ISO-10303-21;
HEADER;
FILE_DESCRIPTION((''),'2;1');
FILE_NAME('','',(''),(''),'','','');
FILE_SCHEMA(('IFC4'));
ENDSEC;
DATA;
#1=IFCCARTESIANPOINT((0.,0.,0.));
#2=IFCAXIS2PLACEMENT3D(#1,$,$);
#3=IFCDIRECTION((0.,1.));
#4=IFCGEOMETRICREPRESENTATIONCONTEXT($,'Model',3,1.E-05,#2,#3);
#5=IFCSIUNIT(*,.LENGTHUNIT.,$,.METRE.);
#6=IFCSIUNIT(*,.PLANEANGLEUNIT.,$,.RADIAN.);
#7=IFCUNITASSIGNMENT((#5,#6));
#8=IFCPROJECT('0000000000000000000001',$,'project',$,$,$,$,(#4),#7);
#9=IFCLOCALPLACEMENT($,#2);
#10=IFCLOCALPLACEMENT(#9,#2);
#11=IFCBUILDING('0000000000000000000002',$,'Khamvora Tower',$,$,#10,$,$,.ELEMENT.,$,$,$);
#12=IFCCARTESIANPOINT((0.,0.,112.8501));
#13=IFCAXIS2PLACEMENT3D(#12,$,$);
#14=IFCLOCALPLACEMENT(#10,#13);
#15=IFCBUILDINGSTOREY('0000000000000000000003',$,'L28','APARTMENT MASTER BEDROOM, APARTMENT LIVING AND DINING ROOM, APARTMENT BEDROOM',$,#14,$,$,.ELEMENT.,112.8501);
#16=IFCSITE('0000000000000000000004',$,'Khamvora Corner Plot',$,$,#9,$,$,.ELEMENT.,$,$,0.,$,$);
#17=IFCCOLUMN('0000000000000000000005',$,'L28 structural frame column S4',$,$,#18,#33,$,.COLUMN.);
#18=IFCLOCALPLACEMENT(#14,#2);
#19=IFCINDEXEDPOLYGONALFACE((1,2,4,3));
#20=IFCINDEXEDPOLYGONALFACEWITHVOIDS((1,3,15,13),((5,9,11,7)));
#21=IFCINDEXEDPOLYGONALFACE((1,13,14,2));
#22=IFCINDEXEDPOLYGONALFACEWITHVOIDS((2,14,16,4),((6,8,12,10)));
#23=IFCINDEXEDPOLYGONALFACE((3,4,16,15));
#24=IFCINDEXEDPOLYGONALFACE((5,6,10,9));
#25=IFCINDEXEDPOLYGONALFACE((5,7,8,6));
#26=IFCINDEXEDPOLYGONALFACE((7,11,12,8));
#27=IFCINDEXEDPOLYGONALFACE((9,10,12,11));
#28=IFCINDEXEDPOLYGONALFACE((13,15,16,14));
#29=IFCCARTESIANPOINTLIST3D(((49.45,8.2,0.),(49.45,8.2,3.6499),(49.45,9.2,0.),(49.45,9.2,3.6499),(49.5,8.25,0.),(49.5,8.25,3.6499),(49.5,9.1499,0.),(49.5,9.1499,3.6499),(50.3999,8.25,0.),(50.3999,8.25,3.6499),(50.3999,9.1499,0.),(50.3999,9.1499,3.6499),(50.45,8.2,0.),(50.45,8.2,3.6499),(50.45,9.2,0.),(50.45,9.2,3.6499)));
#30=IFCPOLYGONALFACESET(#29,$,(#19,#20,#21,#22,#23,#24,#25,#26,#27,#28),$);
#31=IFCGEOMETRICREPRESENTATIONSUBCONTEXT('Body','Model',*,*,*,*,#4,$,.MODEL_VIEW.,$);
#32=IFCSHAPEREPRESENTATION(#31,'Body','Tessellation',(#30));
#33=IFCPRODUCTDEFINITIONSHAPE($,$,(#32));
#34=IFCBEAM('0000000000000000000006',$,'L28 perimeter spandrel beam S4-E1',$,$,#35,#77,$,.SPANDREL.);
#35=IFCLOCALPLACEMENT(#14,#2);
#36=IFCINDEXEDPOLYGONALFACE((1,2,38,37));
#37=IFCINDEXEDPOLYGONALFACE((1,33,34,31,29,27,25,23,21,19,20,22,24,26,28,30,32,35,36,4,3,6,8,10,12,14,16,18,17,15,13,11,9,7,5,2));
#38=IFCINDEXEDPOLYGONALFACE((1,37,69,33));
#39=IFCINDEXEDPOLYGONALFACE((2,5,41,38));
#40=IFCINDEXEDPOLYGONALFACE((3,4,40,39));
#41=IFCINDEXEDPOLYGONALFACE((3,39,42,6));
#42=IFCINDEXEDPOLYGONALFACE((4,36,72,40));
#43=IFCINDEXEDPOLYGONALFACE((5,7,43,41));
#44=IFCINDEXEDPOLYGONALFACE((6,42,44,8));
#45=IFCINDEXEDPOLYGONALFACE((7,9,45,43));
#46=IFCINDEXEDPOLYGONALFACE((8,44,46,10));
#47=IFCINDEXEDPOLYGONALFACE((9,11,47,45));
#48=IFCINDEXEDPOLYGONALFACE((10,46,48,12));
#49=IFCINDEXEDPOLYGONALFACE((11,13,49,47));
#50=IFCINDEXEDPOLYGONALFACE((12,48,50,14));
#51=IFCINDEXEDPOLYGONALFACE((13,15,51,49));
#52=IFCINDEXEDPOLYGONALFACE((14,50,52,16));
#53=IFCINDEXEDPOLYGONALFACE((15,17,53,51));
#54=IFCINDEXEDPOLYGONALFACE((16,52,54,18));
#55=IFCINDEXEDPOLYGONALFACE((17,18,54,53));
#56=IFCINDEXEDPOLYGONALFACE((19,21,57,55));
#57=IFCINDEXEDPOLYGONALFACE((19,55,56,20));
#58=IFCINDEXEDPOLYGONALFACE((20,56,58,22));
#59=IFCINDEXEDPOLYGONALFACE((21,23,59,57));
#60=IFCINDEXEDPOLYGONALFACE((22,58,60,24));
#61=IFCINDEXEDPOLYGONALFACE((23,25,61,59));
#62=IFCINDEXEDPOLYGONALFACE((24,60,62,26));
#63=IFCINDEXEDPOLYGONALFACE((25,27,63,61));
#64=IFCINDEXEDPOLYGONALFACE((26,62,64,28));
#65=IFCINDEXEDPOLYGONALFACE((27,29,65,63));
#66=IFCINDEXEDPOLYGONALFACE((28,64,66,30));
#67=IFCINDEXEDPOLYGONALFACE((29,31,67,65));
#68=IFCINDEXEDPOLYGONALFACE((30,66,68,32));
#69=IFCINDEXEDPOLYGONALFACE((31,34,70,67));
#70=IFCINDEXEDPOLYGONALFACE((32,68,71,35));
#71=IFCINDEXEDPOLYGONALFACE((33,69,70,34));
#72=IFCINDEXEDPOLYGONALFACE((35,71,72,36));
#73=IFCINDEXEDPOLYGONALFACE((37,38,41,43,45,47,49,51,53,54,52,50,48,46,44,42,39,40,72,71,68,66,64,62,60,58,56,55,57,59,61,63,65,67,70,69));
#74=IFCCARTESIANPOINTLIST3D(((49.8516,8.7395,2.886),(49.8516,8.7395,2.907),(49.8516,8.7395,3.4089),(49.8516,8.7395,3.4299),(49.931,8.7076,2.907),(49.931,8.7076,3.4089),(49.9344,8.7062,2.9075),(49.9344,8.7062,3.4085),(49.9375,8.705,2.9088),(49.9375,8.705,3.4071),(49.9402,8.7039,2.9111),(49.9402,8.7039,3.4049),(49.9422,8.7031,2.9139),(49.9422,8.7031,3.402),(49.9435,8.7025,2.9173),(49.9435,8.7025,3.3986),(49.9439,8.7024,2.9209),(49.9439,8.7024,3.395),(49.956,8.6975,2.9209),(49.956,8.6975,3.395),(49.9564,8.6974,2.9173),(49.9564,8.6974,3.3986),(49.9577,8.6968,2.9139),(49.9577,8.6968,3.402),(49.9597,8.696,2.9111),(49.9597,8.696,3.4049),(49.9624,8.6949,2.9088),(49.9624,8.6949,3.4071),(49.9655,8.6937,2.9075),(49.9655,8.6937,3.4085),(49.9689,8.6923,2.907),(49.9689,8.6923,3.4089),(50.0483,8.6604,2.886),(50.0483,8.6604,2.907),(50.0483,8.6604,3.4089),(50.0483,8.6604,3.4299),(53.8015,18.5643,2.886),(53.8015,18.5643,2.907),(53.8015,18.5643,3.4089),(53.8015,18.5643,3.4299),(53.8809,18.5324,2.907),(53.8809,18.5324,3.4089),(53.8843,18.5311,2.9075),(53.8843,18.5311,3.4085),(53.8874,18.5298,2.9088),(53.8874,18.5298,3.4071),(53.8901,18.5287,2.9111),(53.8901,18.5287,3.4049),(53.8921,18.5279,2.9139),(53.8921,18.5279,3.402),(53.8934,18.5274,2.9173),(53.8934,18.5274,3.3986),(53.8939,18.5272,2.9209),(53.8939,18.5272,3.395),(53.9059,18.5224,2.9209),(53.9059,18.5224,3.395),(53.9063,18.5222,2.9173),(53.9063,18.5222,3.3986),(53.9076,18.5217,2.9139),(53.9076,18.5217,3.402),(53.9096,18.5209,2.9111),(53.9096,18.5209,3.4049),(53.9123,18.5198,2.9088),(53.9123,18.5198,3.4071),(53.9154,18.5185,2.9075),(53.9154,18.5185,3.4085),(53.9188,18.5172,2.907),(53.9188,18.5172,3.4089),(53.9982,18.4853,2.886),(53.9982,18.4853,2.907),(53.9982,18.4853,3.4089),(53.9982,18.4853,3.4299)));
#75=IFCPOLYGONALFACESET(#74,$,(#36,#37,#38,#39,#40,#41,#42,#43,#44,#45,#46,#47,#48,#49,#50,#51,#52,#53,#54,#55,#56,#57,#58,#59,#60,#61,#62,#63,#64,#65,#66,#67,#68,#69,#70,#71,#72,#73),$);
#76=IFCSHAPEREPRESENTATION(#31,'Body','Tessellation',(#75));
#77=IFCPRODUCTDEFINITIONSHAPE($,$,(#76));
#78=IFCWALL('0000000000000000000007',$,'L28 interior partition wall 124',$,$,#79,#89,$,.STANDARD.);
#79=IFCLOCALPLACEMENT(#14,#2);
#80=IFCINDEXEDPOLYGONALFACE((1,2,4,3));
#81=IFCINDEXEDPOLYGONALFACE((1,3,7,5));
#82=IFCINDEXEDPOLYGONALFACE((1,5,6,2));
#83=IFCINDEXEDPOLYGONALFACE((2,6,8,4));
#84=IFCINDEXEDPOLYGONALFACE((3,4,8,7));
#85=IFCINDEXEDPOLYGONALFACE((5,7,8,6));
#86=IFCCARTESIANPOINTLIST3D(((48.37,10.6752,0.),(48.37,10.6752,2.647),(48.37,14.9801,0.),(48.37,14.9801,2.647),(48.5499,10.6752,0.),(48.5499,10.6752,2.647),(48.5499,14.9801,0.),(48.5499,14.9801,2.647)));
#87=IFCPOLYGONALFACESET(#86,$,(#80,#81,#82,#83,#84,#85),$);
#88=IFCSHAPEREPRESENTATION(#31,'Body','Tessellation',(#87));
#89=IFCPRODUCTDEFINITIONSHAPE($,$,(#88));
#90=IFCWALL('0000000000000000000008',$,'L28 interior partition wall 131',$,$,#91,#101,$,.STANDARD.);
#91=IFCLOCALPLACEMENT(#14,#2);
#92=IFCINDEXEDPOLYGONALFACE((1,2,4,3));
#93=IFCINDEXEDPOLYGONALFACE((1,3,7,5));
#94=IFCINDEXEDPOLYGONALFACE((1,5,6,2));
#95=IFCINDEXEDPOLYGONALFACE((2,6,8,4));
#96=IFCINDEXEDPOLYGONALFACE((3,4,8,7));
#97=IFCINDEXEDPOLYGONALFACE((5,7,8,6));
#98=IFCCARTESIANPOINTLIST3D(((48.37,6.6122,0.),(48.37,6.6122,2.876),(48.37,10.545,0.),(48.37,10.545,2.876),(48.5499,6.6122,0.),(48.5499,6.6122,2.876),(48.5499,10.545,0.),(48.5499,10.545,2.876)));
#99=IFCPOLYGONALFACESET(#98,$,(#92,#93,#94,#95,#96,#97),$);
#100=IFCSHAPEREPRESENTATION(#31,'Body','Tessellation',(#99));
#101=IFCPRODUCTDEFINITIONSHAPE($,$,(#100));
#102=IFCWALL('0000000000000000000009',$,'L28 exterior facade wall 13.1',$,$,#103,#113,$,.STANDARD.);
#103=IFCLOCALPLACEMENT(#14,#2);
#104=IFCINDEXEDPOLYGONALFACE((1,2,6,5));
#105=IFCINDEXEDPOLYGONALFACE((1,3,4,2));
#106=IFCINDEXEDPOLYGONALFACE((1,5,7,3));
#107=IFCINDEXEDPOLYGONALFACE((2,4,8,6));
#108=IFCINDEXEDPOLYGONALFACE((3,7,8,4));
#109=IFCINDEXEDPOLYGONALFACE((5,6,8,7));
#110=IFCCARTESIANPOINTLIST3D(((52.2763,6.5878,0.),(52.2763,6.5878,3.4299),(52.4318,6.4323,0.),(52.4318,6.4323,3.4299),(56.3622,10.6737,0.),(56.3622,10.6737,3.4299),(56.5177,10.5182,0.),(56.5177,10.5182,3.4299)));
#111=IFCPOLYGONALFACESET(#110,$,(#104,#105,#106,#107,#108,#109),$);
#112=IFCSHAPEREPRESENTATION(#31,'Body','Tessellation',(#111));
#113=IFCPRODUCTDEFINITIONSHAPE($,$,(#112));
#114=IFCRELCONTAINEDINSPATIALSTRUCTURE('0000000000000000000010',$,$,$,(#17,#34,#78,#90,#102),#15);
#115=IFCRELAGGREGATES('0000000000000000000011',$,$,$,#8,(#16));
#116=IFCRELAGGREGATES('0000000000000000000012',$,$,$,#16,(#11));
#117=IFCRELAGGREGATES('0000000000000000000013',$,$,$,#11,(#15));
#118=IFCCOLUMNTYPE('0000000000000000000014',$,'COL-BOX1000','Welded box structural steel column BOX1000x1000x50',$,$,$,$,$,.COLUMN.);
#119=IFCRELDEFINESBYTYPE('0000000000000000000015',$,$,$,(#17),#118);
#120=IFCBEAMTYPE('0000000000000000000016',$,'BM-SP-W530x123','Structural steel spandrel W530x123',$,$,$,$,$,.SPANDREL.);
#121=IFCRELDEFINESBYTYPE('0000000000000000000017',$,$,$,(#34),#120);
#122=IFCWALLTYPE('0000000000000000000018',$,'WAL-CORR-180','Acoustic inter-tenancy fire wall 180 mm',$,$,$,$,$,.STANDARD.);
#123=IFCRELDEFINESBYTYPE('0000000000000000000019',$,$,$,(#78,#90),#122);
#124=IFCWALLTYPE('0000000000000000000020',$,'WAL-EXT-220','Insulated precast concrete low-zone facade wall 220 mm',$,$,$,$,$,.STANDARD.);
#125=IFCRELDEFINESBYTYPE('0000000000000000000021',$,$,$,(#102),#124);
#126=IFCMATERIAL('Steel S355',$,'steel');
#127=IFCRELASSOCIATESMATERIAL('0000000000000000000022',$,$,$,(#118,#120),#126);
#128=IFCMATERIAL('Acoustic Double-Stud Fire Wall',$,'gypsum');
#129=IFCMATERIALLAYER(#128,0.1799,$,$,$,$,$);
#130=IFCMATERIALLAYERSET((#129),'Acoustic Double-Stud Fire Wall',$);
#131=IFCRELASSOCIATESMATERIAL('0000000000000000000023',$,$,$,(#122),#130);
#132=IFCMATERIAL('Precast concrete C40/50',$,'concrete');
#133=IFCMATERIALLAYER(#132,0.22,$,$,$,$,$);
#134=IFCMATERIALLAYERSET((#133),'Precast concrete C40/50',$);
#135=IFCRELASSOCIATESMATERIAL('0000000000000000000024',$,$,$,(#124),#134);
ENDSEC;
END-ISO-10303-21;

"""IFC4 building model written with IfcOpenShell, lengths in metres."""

from ifc_helpers import new_model, si_unit, direction, frame, frame_2d, origin, origin_2d, place, context, subcontext, project, spatial, rectangle, hollow_rectangle, i_section, extrude, material, layer, layer_set, material_profile, profile_set, type_object, element, save


model = new_model("IFC4")

# Units and contexts
model_context = context("Model", 3, precision=1e-05, world=origin(), true_north=direction((0.0, 1.0)))
body_context = subcontext(model_context, "Body", "Model", "MODEL_VIEW")
ifc_project = project(units=[si_unit("LENGTHUNIT", "METRE"), si_unit("PLANEANGLEUNIT", "RADIAN")], contexts=[model_context])

# Site, building, storey
site_placement = place(None, origin())
site = spatial("IfcSite", under=ifc_project, at=site_placement, Name="Khamvora Corner Plot", CompositionType="ELEMENT", RefElevation=0.0)
building_placement = place(site_placement, origin())
building = spatial("IfcBuilding", under=site, at=building_placement, Name="Khamvora Tower", CompositionType="ELEMENT")
storey_placement = place(building_placement, frame((0.0, 0.0, 112.8501)))
storey = spatial("IfcBuildingStorey", under=building, at=storey_placement, Name="L28", Description="APARTMENT MASTER BEDROOM, APARTMENT LIVING AND DINING ROOM, APARTMENT BEDROOM", CompositionType="ELEMENT", Elevation=112.8501)

# Column
ifc_material_1 = material(Name="Steel S355", Category="steel")
ifc_material_profile_1 = material_profile(ifc_material_1, hollow_rectangle(XDim=1.0, YDim=1.0, WallThickness=0.05, at=origin_2d()), Name="BOX1000x1000x50")
ifc_profile_set_1 = profile_set([ifc_material_profile_1], Name="Steel S355")
column_type = type_object("IfcColumnType", Name="COL-BOX1000", Description="Welded box structural steel column BOX1000x1000x50", PredefinedType="COLUMN", material=ifc_profile_set_1)
column_placement = place(storey_placement, frame((49.95, 8.7, 0.0), z_axis=(0.0, 0.0, 1.0), x_axis=(1.0, 0.0, 0.0)))
element("IfcColumn", 1, at=column_placement, inside=storey, type_object=column_type, Name="L28 structural frame column S4", PredefinedType="COLUMN", context=body_context, shape_type="SweptSolid", body=[
    extrude(hollow_rectangle(XDim=1.0, YDim=1.0, WallThickness=0.05, at=origin_2d()), origin(), (0.0, 0.0, 1.0), 3.6499),
])

# Beam
ifc_material_profile_2 = material_profile(ifc_material_1, i_section(OverallWidth=0.2119, OverallDepth=0.5439, WebThickness=0.0129, FlangeThickness=0.021, FilletRadius=0.0139, at=origin_2d()), Name="W530x123")
ifc_profile_set_2 = profile_set([ifc_material_profile_2], Name="Steel S355")
beam_type = type_object("IfcBeamType", Name="BM-SP-W530x123", Description="Structural steel spandrel W530x123", PredefinedType="SPANDREL", material=ifc_profile_set_2)
beam_placement = place(storey_placement, frame((49.95, 8.7, 3.158), z_axis=(0.373016, 0.927825, 0.0), x_axis=(-0.927825, 0.373016, 0.0)))
element("IfcBeam", 2, at=beam_placement, inside=storey, type_object=beam_type, Name="L28 perimeter spandrel beam S4-E1", PredefinedType="SPANDREL", context=body_context, shape_type="SweptSolid", body=[
    extrude(i_section(OverallWidth=0.2119, OverallDepth=0.5439, WebThickness=0.0129, FlangeThickness=0.021, FilletRadius=0.0139, at=origin_2d()), origin(), (0.0, 0.0, 1.0), 10.5891),
])

# Walls
ifc_material_2 = material(Name="Acoustic Double-Stud Fire Wall", Category="gypsum")
ifc_layer_1 = layer(ifc_material_2, 0.1799)
ifc_layer_set_1 = layer_set([ifc_layer_1], Name="Acoustic Double-Stud Fire Wall")
wall_type_1 = type_object("IfcWallType", Name="WAL-CORR-180", Description="Acoustic inter-tenancy fire wall 180 mm", PredefinedType="STANDARD", material=ifc_layer_set_1)
wall_1_placement = place(storey_placement, frame((48.46, 14.98, 0.0), z_axis=(0.0, 0.0, 1.0), x_axis=(0.0, -1.0, 0.0)))
element("IfcWall", 3, at=wall_1_placement, inside=storey, type_object=wall_type_1, Name="L28 interior partition wall 124", PredefinedType="STANDARD", context=body_context, shape_type="SweptSolid", body=[
    extrude(rectangle(XDim=4.3049, YDim=0.1799, at=frame_2d((2.1523, 0.0))), origin(), (0.0, 0.0, 1.0), 2.647),
])
wall_2_placement = place(storey_placement, frame((48.46, 10.5449, 0.0), z_axis=(0.0, 0.0, 1.0), x_axis=(0.0, -1.0, 0.0)))
element("IfcWall", 4, at=wall_2_placement, inside=storey, type_object=wall_type_1, Name="L28 interior partition wall 131", PredefinedType="STANDARD", context=body_context, shape_type="SweptSolid", body=[
    extrude(rectangle(XDim=3.9329, YDim=0.1799, at=frame_2d((1.9663, 0.0))), origin(), (0.0, 0.0, 1.0), 2.876),
])
ifc_material_3 = material(Name="Precast concrete C40/50", Category="concrete")
ifc_layer_2 = layer(ifc_material_3, 0.22)
ifc_layer_set_2 = layer_set([ifc_layer_2], Name="Precast concrete C40/50")
wall_type_2 = type_object("IfcWallType", Name="WAL-EXT-220", Description="Insulated precast concrete low-zone facade wall 220 mm", PredefinedType="STANDARD", material=ifc_layer_set_2)
wall_3_placement = place(storey_placement, frame((56.4399, 10.5959, 0.0), z_axis=(0.0, 0.0, 1.0), x_axis=(-0.707107, -0.707107, 0.0)))
element("IfcWall", 5, at=wall_3_placement, inside=storey, type_object=wall_type_2, Name="L28 exterior facade wall 13.1", PredefinedType="STANDARD", context=body_context, shape_type="SweptSolid", body=[
    extrude(rectangle(XDim=5.7783, YDim=0.22, at=frame_2d((2.8892, 0.0))), origin(), (0.0, 0.0, 1.0), 3.4299),
])

save(model, "model.ifc")
